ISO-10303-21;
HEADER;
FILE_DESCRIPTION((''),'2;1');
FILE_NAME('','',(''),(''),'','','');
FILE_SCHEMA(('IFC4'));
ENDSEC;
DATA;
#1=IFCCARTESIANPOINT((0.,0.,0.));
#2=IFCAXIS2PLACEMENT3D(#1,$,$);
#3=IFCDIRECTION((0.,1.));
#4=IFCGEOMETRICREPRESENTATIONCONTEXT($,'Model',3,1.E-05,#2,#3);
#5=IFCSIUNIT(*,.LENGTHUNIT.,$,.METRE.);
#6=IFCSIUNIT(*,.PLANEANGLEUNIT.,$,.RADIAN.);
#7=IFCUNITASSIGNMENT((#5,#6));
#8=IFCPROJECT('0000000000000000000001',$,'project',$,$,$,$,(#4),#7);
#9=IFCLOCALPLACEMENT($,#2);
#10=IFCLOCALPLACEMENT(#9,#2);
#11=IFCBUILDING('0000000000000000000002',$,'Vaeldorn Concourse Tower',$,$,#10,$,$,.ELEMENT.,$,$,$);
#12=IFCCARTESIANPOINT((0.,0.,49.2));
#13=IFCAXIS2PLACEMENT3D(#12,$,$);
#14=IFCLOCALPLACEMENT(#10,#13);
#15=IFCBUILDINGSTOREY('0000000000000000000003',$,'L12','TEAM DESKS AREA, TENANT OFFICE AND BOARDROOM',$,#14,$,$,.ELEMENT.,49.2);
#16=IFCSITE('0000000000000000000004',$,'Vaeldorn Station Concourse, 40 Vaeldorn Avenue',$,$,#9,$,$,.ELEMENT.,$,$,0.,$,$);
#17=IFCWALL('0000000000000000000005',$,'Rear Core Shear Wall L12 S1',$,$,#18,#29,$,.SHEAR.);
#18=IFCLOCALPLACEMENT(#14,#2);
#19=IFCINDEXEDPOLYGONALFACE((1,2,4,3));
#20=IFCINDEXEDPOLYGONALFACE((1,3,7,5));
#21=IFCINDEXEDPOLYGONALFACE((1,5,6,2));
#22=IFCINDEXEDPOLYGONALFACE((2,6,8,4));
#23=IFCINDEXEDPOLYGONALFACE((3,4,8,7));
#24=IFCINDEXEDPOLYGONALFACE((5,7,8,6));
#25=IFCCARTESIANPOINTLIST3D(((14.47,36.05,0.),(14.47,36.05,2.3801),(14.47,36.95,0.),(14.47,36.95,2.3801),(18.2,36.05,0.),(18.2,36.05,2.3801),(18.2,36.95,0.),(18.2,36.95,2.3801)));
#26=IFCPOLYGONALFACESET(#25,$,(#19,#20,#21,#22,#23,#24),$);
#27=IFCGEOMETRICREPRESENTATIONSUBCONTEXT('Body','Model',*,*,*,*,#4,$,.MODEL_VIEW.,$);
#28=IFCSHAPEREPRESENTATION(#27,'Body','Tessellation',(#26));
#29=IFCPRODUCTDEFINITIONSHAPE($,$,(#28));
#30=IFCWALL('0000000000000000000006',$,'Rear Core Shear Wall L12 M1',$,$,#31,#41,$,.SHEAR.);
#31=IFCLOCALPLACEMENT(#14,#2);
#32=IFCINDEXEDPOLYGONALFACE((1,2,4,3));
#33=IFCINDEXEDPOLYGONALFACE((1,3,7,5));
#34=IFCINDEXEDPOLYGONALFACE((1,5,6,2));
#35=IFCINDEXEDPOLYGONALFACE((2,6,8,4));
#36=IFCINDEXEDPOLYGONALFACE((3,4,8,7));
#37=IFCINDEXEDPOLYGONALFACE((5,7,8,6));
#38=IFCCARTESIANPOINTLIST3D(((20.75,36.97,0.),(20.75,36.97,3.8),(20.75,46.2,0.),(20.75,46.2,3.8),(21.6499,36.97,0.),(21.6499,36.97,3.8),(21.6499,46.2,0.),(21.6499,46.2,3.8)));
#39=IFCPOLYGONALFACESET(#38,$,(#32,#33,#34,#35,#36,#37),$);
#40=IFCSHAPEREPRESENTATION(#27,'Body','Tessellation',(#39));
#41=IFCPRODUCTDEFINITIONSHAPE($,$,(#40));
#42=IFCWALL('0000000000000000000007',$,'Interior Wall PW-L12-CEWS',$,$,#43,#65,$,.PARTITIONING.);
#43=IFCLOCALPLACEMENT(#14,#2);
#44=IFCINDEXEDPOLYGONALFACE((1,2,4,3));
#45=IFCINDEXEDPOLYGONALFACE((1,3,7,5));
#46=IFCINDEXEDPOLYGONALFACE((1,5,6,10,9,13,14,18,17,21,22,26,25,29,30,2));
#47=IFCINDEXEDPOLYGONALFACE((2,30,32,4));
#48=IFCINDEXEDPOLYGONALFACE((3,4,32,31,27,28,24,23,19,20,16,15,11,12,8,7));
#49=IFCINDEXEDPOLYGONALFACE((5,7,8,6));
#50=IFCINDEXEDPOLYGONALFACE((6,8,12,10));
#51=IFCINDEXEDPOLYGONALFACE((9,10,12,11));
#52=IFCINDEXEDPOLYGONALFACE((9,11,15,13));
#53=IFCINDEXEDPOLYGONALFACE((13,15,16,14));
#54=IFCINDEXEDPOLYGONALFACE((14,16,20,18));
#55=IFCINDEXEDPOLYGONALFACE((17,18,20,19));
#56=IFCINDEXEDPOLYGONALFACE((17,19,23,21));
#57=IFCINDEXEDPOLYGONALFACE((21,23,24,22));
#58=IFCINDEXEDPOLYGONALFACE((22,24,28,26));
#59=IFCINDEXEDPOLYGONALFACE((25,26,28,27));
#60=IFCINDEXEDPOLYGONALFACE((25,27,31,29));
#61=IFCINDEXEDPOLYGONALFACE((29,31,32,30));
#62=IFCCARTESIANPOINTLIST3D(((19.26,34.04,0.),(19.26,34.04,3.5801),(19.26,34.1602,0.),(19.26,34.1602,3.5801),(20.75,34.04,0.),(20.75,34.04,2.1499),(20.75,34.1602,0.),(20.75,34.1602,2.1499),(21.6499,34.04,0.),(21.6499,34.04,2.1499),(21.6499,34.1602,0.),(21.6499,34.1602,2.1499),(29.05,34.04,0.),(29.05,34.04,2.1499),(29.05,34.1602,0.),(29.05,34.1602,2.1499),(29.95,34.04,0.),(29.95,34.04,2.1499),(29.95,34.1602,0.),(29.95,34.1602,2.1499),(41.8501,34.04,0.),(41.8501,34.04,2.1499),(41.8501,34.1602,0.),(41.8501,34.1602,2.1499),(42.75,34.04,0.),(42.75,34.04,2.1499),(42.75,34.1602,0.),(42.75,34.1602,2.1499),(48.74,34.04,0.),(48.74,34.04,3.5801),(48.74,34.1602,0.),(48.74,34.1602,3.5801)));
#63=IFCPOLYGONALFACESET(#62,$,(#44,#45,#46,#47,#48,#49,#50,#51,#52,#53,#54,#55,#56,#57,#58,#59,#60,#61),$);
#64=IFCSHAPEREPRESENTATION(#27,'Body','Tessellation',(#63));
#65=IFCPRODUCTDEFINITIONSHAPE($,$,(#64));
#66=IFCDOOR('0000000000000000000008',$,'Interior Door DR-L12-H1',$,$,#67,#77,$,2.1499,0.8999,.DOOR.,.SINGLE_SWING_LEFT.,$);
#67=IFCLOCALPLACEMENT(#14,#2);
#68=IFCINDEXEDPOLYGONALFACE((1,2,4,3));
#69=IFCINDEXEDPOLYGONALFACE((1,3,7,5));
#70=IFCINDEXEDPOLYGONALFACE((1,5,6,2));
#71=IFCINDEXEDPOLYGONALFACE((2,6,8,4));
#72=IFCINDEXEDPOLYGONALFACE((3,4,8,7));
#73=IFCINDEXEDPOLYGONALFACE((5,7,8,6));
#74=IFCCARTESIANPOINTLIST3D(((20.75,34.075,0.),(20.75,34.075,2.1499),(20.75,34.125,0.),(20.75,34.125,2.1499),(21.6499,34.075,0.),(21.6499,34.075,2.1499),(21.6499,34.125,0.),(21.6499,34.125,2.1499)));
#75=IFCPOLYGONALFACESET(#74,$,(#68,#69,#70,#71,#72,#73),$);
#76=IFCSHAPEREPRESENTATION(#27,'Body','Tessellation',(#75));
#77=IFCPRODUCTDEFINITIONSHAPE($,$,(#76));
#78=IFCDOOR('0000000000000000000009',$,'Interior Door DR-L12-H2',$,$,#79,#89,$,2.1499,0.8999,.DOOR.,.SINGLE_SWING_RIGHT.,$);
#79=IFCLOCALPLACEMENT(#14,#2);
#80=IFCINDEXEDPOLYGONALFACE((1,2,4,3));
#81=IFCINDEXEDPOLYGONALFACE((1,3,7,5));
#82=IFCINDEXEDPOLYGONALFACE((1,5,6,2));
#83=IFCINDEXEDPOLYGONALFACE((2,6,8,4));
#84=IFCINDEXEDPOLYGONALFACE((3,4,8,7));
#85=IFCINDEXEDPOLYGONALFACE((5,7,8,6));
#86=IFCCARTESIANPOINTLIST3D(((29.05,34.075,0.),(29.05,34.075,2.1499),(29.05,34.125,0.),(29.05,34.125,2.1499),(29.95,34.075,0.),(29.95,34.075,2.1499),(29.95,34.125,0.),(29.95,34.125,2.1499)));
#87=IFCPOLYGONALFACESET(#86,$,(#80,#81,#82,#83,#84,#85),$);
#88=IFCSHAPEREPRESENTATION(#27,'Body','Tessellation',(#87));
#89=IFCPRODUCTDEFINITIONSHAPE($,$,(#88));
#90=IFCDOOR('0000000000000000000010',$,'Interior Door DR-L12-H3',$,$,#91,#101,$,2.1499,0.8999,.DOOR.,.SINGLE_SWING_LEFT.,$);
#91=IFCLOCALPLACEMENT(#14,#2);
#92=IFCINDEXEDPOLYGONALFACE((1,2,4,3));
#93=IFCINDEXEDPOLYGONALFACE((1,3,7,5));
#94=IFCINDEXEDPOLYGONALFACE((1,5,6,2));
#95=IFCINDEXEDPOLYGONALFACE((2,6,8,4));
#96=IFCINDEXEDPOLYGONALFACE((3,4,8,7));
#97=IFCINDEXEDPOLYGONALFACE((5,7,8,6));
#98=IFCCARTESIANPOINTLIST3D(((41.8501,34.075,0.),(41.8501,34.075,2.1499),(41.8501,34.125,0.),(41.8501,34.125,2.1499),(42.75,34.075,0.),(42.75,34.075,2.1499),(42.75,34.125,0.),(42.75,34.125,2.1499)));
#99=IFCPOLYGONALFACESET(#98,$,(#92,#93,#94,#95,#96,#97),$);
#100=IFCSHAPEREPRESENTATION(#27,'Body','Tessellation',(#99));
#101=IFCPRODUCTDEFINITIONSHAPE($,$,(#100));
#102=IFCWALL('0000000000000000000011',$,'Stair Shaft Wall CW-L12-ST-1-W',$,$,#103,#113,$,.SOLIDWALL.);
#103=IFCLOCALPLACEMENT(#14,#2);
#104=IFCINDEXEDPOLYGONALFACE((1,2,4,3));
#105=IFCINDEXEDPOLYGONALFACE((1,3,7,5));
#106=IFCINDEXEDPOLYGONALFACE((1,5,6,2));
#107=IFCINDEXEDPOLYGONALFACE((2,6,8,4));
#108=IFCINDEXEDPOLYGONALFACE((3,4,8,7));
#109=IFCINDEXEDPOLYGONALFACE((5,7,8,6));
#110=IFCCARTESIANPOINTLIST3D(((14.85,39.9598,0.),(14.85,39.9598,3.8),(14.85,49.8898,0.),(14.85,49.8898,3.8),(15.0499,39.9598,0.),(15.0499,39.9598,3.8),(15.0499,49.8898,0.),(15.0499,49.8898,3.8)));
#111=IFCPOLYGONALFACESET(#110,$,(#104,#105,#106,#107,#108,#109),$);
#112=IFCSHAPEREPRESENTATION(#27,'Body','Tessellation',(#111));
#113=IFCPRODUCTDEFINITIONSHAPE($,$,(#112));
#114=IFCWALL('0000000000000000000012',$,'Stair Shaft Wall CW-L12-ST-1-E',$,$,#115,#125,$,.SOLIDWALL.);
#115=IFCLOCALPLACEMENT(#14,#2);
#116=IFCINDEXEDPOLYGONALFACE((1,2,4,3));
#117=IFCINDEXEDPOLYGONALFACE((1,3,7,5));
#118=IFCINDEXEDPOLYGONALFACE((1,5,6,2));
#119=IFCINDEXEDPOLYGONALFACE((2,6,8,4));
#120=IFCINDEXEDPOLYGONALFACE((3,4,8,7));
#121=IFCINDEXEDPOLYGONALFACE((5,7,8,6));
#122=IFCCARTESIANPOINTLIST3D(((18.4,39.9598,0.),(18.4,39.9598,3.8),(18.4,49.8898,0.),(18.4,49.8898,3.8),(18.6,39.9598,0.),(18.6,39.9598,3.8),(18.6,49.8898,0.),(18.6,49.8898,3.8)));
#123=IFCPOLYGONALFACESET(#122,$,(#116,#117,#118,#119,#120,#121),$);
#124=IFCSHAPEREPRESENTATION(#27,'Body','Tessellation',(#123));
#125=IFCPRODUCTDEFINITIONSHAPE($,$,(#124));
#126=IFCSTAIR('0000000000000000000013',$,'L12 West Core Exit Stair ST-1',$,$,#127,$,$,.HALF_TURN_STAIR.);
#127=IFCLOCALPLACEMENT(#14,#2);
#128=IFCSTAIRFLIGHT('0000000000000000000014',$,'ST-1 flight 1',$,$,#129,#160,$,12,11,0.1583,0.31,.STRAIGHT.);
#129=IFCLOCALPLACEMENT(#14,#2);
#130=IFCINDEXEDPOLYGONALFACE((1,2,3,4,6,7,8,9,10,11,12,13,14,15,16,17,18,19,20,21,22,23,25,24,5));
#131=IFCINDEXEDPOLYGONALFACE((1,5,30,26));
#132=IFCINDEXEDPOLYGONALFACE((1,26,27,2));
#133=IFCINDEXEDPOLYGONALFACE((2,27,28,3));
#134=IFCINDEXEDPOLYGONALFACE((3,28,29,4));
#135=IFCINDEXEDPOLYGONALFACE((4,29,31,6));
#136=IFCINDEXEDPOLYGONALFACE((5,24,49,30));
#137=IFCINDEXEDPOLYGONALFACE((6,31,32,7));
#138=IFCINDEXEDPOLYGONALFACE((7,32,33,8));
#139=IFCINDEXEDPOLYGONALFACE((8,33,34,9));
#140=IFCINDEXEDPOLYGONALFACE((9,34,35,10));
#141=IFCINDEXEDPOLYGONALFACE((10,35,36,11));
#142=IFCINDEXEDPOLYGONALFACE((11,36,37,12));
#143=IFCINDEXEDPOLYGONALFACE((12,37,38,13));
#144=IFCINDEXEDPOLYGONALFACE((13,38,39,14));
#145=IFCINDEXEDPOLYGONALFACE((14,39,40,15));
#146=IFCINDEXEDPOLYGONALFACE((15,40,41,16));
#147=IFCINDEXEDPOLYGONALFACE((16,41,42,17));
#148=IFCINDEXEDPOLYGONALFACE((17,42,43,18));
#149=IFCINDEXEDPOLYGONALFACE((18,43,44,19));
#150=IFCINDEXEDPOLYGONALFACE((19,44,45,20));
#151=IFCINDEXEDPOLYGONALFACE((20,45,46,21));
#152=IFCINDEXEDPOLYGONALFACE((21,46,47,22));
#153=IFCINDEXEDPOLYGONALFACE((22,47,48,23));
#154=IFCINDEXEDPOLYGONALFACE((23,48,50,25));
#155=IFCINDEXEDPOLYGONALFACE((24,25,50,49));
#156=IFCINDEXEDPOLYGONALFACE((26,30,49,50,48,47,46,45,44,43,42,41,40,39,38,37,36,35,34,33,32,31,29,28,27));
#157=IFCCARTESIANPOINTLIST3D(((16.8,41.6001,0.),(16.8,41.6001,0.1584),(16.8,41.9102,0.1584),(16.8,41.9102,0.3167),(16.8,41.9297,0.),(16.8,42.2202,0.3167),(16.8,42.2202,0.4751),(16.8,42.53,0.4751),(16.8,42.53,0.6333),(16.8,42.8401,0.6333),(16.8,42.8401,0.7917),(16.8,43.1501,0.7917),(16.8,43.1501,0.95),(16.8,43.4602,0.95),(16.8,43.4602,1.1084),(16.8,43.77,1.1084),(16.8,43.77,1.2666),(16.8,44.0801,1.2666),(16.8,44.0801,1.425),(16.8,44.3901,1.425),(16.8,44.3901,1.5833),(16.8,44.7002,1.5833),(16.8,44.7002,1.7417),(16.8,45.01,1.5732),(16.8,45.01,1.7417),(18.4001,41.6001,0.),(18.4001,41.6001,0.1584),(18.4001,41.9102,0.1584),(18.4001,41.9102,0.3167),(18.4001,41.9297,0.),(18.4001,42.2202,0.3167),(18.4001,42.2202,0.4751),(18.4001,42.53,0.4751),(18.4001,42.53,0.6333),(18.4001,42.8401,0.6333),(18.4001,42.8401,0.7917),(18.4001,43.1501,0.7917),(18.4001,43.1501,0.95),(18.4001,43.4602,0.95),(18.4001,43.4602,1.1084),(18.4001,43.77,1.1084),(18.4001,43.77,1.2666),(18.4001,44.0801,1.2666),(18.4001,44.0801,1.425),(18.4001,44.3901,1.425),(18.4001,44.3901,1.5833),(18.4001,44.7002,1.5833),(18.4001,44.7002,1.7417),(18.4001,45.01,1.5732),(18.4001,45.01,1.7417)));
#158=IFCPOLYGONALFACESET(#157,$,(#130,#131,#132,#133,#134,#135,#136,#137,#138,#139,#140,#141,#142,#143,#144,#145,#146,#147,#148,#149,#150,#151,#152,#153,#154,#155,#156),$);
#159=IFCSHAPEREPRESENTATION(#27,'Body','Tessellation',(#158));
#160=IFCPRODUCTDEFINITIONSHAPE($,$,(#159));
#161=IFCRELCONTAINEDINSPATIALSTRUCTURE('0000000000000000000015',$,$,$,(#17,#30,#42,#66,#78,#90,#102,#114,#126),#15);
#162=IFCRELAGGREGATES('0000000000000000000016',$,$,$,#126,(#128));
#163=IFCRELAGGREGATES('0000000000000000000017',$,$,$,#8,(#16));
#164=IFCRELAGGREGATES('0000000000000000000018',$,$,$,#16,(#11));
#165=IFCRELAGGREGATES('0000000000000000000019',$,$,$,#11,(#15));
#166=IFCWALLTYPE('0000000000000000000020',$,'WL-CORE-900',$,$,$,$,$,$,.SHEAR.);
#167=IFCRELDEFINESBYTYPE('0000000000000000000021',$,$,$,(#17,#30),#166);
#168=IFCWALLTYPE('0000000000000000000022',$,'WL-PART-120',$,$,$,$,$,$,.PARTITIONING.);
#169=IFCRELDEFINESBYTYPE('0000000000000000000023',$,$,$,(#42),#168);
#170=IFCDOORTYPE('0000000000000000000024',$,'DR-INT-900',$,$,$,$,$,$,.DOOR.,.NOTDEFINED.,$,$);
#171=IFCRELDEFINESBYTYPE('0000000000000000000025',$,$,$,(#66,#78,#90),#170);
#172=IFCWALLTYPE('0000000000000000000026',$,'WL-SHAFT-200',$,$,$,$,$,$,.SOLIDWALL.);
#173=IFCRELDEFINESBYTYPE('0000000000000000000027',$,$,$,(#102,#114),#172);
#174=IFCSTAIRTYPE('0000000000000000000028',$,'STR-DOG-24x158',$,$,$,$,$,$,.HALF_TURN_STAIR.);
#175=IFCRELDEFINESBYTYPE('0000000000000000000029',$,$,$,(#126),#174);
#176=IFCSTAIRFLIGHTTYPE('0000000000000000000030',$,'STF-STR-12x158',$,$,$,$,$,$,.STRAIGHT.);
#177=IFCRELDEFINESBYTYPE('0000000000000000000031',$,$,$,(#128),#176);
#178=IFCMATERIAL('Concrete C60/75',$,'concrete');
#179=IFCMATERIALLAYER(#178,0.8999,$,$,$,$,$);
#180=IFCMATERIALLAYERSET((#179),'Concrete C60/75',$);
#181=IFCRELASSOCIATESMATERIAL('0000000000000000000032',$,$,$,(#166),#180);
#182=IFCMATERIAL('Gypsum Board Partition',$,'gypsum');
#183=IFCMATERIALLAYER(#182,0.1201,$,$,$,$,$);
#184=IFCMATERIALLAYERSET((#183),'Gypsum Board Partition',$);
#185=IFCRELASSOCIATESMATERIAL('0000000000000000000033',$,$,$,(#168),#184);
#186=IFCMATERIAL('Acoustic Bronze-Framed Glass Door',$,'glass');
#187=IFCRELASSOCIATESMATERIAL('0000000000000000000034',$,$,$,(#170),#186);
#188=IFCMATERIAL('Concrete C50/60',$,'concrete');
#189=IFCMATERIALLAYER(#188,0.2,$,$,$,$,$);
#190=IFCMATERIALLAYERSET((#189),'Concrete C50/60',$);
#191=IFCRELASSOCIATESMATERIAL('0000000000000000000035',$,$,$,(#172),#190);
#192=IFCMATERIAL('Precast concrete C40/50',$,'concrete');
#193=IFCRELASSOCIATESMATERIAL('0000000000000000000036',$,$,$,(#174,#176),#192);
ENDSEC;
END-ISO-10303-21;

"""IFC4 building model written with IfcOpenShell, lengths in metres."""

from ifc_helpers import new_model, si_unit, direction, frame, frame_2d, origin, place, context, subcontext, project, spatial, polyline, rectangle, outline, extrude, source, transform, mapped, material, layer, layer_set, type_object, element, fill, aggregate, save


model = new_model("IFC4")

# Units and contexts
model_context = context("Model", 3, precision=1e-05, world=origin(), true_north=direction((0.0, 1.0)))
body_context = subcontext(model_context, "Body", "Model", "MODEL_VIEW")
ifc_project = project(units=[si_unit("LENGTHUNIT", "METRE"), si_unit("PLANEANGLEUNIT", "RADIAN")], contexts=[model_context])

# Site, building, storey
site_placement = place(None, origin())
site = spatial("IfcSite", under=ifc_project, at=site_placement, Name="Vaeldorn Station Concourse, 40 Vaeldorn Avenue", CompositionType="ELEMENT", RefElevation=0.0)
building_placement = place(site_placement, origin())
building = spatial("IfcBuilding", under=site, at=building_placement, Name="Vaeldorn Concourse Tower", CompositionType="ELEMENT")
storey_placement = place(building_placement, frame((0.0, 0.0, 49.2)))
storey = spatial("IfcBuildingStorey", under=building, at=storey_placement, Name="L12", Description="TEAM DESKS AREA, TENANT OFFICE AND BOARDROOM", CompositionType="ELEMENT", Elevation=49.2)

# Walls
ifc_material_1 = material(Name="Concrete C60/75", Category="concrete")
ifc_layer_1 = layer(ifc_material_1, 0.8999)
ifc_layer_set_1 = layer_set([ifc_layer_1], Name="Concrete C60/75")
wall_type_1 = type_object("IfcWallType", Name="WL-CORE-900", PredefinedType="SHEAR", material=ifc_layer_set_1)
wall_1_placement = place(storey_placement, frame((14.47, 36.5, 0.0), z_axis=(0.0, 0.0, 1.0), x_axis=(1.0, 0.0, 0.0)))
element("IfcWall", 1, at=wall_1_placement, inside=storey, type_object=wall_type_1, Name="Rear Core Shear Wall L12 S1", PredefinedType="SHEAR", context=body_context, shape_type="SweptSolid", body=[
    extrude(rectangle(XDim=3.73, YDim=0.8999, at=frame_2d((1.865, 0.0))), origin(), (0.0, 0.0, 1.0), 2.3801),
])
wall_2_placement = place(storey_placement, frame((21.2, 36.97, 0.0), z_axis=(0.0, 0.0, 1.0), x_axis=(0.0, 1.0, 0.0)))
element("IfcWall", 2, at=wall_2_placement, inside=storey, type_object=wall_type_1, Name="Rear Core Shear Wall L12 M1", PredefinedType="SHEAR", context=body_context, shape_type="SweptSolid", body=[
    extrude(rectangle(XDim=9.23, YDim=0.8999, at=frame_2d((4.615, 0.0))), origin(), (0.0, 0.0, 1.0), 3.8),
])

# Wall, openings, doors
ifc_material_2 = material(Name="Gypsum Board Partition", Category="gypsum")
ifc_layer_2 = layer(ifc_material_2, 0.1201)
ifc_layer_set_2 = layer_set([ifc_layer_2], Name="Gypsum Board Partition")
wall_type_2 = type_object("IfcWallType", Name="WL-PART-120", PredefinedType="PARTITIONING", material=ifc_layer_set_2)
wall_3_placement = place(storey_placement, frame((19.26, 34.1001, 0.0), z_axis=(0.0, 0.0, 1.0), x_axis=(1.0, 0.0, 0.0)))
wall_3 = element("IfcWall", 3, at=wall_3_placement, inside=storey, type_object=wall_type_2, Name="Interior Wall PW-L12-CEWS", PredefinedType="PARTITIONING", context=body_context, shape_type="SweptSolid", body=[
    extrude(rectangle(XDim=29.48, YDim=0.1201, at=frame_2d((14.74, 0.0))), origin(), (0.0, 0.0, 1.0), 3.5801),
])
opening_1_placement = place(wall_3_placement, frame((1.49, 0.0, 0.0)))
opening_1 = element("IfcOpeningElement", 4, at=opening_1_placement, cuts=wall_3, PredefinedType="OPENING", context=body_context, shape_type="SweptSolid", body=[
    extrude(rectangle(XDim=0.8999, YDim=2.1499, at=frame_2d((0.45, 1.075))), frame((0.0, 0.0701, 0.0), z_axis=(0.0, -1.0, 0.0), x_axis=(1.0, 0.0, 0.0)), (0.0, 0.0, 1.0), 0.1401),
])
opening_2_placement = place(wall_3_placement, frame((9.79, 0.0, 0.0)))
opening_2 = element("IfcOpeningElement", 5, at=opening_2_placement, cuts=wall_3, PredefinedType="OPENING", context=body_context, shape_type="SweptSolid", body=[
    extrude(rectangle(XDim=0.8999, YDim=2.1499, at=frame_2d((0.45, 1.075))), frame((0.0, 0.0701, 0.0), z_axis=(0.0, -1.0, 0.0), x_axis=(1.0, 0.0, 0.0)), (0.0, 0.0, 1.0), 0.1401),
])
opening_3_placement = place(wall_3_placement, frame((22.5901, 0.0, 0.0)))
opening_3 = element("IfcOpeningElement", 6, at=opening_3_placement, cuts=wall_3, PredefinedType="OPENING", context=body_context, shape_type="SweptSolid", body=[
    extrude(rectangle(XDim=0.8999, YDim=2.1499, at=frame_2d((0.45, 1.075))), frame((0.0, 0.0701, 0.0), z_axis=(0.0, -1.0, 0.0), x_axis=(1.0, 0.0, 0.0)), (0.0, 0.0, 1.0), 0.1401),
])
ifc_material_3 = material(Name="Acoustic Bronze-Framed Glass Door", Category="glass")
door_type_1 = type_object("IfcDoorType", Name="DR-INT-900", OperationType="NOTDEFINED", PredefinedType="DOOR", material=ifc_material_3)
shared_shape_1 = source(origin(), body_context, "Body", "SweptSolid", [
    extrude(rectangle(XDim=0.8999, YDim=2.1499, at=frame_2d((0.45, 1.075))), frame((0.0, 0.0249, 0.0), z_axis=(0.0, -1.0, 0.0), x_axis=(1.0, 0.0, 0.0)), (0.0, 0.0, 1.0), 0.05),
])
door_1_placement = place(opening_1_placement, origin())
door_1 = element("IfcDoor", 7, at=door_1_placement, inside=storey, type_object=door_type_1, Name="Interior Door DR-L12-H1", OperationType="SINGLE_SWING_LEFT", OverallHeight=2.1499, OverallWidth=0.8999, PredefinedType="DOOR", context=body_context, shape_type="MappedRepresentation", body=[
    mapped(shared_shape_1, transform((0.0, 0.0, 0.0), scale=1.0)),
])
fill(opening_1, door_1)
door_2_placement = place(opening_2_placement, origin())
door_2 = element("IfcDoor", 8, at=door_2_placement, inside=storey, type_object=door_type_1, Name="Interior Door DR-L12-H2", OperationType="SINGLE_SWING_RIGHT", OverallHeight=2.1499, OverallWidth=0.8999, PredefinedType="DOOR", context=body_context, shape_type="MappedRepresentation", body=[
    mapped(shared_shape_1, transform((0.0, 0.0, 0.0), scale=1.0)),
])
fill(opening_2, door_2)
door_3_placement = place(opening_3_placement, origin())
door_3 = element("IfcDoor", 9, at=door_3_placement, inside=storey, type_object=door_type_1, Name="Interior Door DR-L12-H3", OperationType="SINGLE_SWING_LEFT", OverallHeight=2.1499, OverallWidth=0.8999, PredefinedType="DOOR", context=body_context, shape_type="MappedRepresentation", body=[
    mapped(shared_shape_1, transform((0.0, 0.0, 0.0), scale=1.0)),
])
fill(opening_3, door_3)

# Shared definitions
ifc_material_4 = material(Name="Concrete C50/60", Category="concrete")
ifc_layer_3 = layer(ifc_material_4, 0.2)
ifc_layer_set_3 = layer_set([ifc_layer_3], Name="Concrete C50/60")
wall_type_3 = type_object("IfcWallType", Name="WL-SHAFT-200", PredefinedType="SOLIDWALL", material=ifc_layer_set_3)

# Walls
for number, where, z_axis, x_axis, name in (
    (10, (14.95, 39.96, 0.0), (0.0, 0.0, 1.0), (0.0, 1.0, 0.0), "Stair Shaft Wall CW-L12-ST-1-W"),
    (11, (18.5, 39.96, 0.0), (0.0, 0.0, 1.0), (0.0, 1.0, 0.0), "Stair Shaft Wall CW-L12-ST-1-E"),
):
    element("IfcWall", number, at=place(storey_placement, frame(where, z_axis=z_axis, x_axis=x_axis)), inside=storey, type_object=wall_type_3, Name=name, PredefinedType="SOLIDWALL", context=body_context, shape_type="SweptSolid", body=[
        extrude(rectangle(XDim=9.9299, YDim=0.2, at=frame_2d((4.9648, 0.0))), origin(), (0.0, 0.0, 1.0), 3.8),
    ])

# Stair, stair flight
ifc_material_5 = material(Name="Precast concrete C40/50", Category="concrete")
stair_type = type_object("IfcStairType", Name="STR-DOG-24x158", PredefinedType="HALF_TURN_STAIR", material=ifc_material_5)
stair_placement = place(storey_placement, origin())
stair = element("IfcStair", 12, at=stair_placement, inside=storey, type_object=stair_type, Name="L12 West Core Exit Stair ST-1", PredefinedType="HALF_TURN_STAIR")
stair_flight_type = type_object("IfcStairFlightType", Name="STF-STR-12x158", PredefinedType="STRAIGHT", material=ifc_material_5)
stair_flight_placement = place(storey_placement, frame((17.6001, 41.6001, 0.0), z_axis=(0.0, 0.0, 1.0), x_axis=(0.0, 1.0, 0.0)))
stair_flight = element("IfcStairFlight", 13, at=stair_flight_placement, type_object=stair_flight_type, Name="ST-1 flight 1", NumberOfRisers=12, NumberOfTreads=11, PredefinedType="STRAIGHT", RiserHeight=0.1583, TreadLength=0.31, context=body_context, shape_type="SweptSolid", body=[
    extrude(outline(polyline([(0.0, 0.0), (0.0, 0.1584), (0.3101, 0.1584), (0.3101, 0.3167), (0.6201, 0.3167), (0.6201, 0.4751), (0.9299, 0.4751), (0.9299, 0.6333), (1.24, 0.6333), (1.24, 0.7917), (1.55, 0.7917), (1.55, 0.95), (1.8601, 0.95), (1.8601, 1.1084), (2.1699, 1.1084), (2.1699, 1.2666), (2.48, 1.2666), (2.48, 1.425), (2.79, 1.425), (2.79, 1.5833), (3.1001, 1.5833), (3.1001, 1.7417), (3.4099, 1.7417), (3.4099, 1.8999), (3.4099, 1.5732), (0.3296, 0.0), (0.0, 0.0)])), frame((0.0, 0.8, 0.0), z_axis=(0.0, -1.0, 0.0), x_axis=(1.0, 0.0, 0.0)), (0.0, 0.0, 1.0), 1.6001),
])
aggregate(stair, [stair_flight])

save(model, "model.ifc")
